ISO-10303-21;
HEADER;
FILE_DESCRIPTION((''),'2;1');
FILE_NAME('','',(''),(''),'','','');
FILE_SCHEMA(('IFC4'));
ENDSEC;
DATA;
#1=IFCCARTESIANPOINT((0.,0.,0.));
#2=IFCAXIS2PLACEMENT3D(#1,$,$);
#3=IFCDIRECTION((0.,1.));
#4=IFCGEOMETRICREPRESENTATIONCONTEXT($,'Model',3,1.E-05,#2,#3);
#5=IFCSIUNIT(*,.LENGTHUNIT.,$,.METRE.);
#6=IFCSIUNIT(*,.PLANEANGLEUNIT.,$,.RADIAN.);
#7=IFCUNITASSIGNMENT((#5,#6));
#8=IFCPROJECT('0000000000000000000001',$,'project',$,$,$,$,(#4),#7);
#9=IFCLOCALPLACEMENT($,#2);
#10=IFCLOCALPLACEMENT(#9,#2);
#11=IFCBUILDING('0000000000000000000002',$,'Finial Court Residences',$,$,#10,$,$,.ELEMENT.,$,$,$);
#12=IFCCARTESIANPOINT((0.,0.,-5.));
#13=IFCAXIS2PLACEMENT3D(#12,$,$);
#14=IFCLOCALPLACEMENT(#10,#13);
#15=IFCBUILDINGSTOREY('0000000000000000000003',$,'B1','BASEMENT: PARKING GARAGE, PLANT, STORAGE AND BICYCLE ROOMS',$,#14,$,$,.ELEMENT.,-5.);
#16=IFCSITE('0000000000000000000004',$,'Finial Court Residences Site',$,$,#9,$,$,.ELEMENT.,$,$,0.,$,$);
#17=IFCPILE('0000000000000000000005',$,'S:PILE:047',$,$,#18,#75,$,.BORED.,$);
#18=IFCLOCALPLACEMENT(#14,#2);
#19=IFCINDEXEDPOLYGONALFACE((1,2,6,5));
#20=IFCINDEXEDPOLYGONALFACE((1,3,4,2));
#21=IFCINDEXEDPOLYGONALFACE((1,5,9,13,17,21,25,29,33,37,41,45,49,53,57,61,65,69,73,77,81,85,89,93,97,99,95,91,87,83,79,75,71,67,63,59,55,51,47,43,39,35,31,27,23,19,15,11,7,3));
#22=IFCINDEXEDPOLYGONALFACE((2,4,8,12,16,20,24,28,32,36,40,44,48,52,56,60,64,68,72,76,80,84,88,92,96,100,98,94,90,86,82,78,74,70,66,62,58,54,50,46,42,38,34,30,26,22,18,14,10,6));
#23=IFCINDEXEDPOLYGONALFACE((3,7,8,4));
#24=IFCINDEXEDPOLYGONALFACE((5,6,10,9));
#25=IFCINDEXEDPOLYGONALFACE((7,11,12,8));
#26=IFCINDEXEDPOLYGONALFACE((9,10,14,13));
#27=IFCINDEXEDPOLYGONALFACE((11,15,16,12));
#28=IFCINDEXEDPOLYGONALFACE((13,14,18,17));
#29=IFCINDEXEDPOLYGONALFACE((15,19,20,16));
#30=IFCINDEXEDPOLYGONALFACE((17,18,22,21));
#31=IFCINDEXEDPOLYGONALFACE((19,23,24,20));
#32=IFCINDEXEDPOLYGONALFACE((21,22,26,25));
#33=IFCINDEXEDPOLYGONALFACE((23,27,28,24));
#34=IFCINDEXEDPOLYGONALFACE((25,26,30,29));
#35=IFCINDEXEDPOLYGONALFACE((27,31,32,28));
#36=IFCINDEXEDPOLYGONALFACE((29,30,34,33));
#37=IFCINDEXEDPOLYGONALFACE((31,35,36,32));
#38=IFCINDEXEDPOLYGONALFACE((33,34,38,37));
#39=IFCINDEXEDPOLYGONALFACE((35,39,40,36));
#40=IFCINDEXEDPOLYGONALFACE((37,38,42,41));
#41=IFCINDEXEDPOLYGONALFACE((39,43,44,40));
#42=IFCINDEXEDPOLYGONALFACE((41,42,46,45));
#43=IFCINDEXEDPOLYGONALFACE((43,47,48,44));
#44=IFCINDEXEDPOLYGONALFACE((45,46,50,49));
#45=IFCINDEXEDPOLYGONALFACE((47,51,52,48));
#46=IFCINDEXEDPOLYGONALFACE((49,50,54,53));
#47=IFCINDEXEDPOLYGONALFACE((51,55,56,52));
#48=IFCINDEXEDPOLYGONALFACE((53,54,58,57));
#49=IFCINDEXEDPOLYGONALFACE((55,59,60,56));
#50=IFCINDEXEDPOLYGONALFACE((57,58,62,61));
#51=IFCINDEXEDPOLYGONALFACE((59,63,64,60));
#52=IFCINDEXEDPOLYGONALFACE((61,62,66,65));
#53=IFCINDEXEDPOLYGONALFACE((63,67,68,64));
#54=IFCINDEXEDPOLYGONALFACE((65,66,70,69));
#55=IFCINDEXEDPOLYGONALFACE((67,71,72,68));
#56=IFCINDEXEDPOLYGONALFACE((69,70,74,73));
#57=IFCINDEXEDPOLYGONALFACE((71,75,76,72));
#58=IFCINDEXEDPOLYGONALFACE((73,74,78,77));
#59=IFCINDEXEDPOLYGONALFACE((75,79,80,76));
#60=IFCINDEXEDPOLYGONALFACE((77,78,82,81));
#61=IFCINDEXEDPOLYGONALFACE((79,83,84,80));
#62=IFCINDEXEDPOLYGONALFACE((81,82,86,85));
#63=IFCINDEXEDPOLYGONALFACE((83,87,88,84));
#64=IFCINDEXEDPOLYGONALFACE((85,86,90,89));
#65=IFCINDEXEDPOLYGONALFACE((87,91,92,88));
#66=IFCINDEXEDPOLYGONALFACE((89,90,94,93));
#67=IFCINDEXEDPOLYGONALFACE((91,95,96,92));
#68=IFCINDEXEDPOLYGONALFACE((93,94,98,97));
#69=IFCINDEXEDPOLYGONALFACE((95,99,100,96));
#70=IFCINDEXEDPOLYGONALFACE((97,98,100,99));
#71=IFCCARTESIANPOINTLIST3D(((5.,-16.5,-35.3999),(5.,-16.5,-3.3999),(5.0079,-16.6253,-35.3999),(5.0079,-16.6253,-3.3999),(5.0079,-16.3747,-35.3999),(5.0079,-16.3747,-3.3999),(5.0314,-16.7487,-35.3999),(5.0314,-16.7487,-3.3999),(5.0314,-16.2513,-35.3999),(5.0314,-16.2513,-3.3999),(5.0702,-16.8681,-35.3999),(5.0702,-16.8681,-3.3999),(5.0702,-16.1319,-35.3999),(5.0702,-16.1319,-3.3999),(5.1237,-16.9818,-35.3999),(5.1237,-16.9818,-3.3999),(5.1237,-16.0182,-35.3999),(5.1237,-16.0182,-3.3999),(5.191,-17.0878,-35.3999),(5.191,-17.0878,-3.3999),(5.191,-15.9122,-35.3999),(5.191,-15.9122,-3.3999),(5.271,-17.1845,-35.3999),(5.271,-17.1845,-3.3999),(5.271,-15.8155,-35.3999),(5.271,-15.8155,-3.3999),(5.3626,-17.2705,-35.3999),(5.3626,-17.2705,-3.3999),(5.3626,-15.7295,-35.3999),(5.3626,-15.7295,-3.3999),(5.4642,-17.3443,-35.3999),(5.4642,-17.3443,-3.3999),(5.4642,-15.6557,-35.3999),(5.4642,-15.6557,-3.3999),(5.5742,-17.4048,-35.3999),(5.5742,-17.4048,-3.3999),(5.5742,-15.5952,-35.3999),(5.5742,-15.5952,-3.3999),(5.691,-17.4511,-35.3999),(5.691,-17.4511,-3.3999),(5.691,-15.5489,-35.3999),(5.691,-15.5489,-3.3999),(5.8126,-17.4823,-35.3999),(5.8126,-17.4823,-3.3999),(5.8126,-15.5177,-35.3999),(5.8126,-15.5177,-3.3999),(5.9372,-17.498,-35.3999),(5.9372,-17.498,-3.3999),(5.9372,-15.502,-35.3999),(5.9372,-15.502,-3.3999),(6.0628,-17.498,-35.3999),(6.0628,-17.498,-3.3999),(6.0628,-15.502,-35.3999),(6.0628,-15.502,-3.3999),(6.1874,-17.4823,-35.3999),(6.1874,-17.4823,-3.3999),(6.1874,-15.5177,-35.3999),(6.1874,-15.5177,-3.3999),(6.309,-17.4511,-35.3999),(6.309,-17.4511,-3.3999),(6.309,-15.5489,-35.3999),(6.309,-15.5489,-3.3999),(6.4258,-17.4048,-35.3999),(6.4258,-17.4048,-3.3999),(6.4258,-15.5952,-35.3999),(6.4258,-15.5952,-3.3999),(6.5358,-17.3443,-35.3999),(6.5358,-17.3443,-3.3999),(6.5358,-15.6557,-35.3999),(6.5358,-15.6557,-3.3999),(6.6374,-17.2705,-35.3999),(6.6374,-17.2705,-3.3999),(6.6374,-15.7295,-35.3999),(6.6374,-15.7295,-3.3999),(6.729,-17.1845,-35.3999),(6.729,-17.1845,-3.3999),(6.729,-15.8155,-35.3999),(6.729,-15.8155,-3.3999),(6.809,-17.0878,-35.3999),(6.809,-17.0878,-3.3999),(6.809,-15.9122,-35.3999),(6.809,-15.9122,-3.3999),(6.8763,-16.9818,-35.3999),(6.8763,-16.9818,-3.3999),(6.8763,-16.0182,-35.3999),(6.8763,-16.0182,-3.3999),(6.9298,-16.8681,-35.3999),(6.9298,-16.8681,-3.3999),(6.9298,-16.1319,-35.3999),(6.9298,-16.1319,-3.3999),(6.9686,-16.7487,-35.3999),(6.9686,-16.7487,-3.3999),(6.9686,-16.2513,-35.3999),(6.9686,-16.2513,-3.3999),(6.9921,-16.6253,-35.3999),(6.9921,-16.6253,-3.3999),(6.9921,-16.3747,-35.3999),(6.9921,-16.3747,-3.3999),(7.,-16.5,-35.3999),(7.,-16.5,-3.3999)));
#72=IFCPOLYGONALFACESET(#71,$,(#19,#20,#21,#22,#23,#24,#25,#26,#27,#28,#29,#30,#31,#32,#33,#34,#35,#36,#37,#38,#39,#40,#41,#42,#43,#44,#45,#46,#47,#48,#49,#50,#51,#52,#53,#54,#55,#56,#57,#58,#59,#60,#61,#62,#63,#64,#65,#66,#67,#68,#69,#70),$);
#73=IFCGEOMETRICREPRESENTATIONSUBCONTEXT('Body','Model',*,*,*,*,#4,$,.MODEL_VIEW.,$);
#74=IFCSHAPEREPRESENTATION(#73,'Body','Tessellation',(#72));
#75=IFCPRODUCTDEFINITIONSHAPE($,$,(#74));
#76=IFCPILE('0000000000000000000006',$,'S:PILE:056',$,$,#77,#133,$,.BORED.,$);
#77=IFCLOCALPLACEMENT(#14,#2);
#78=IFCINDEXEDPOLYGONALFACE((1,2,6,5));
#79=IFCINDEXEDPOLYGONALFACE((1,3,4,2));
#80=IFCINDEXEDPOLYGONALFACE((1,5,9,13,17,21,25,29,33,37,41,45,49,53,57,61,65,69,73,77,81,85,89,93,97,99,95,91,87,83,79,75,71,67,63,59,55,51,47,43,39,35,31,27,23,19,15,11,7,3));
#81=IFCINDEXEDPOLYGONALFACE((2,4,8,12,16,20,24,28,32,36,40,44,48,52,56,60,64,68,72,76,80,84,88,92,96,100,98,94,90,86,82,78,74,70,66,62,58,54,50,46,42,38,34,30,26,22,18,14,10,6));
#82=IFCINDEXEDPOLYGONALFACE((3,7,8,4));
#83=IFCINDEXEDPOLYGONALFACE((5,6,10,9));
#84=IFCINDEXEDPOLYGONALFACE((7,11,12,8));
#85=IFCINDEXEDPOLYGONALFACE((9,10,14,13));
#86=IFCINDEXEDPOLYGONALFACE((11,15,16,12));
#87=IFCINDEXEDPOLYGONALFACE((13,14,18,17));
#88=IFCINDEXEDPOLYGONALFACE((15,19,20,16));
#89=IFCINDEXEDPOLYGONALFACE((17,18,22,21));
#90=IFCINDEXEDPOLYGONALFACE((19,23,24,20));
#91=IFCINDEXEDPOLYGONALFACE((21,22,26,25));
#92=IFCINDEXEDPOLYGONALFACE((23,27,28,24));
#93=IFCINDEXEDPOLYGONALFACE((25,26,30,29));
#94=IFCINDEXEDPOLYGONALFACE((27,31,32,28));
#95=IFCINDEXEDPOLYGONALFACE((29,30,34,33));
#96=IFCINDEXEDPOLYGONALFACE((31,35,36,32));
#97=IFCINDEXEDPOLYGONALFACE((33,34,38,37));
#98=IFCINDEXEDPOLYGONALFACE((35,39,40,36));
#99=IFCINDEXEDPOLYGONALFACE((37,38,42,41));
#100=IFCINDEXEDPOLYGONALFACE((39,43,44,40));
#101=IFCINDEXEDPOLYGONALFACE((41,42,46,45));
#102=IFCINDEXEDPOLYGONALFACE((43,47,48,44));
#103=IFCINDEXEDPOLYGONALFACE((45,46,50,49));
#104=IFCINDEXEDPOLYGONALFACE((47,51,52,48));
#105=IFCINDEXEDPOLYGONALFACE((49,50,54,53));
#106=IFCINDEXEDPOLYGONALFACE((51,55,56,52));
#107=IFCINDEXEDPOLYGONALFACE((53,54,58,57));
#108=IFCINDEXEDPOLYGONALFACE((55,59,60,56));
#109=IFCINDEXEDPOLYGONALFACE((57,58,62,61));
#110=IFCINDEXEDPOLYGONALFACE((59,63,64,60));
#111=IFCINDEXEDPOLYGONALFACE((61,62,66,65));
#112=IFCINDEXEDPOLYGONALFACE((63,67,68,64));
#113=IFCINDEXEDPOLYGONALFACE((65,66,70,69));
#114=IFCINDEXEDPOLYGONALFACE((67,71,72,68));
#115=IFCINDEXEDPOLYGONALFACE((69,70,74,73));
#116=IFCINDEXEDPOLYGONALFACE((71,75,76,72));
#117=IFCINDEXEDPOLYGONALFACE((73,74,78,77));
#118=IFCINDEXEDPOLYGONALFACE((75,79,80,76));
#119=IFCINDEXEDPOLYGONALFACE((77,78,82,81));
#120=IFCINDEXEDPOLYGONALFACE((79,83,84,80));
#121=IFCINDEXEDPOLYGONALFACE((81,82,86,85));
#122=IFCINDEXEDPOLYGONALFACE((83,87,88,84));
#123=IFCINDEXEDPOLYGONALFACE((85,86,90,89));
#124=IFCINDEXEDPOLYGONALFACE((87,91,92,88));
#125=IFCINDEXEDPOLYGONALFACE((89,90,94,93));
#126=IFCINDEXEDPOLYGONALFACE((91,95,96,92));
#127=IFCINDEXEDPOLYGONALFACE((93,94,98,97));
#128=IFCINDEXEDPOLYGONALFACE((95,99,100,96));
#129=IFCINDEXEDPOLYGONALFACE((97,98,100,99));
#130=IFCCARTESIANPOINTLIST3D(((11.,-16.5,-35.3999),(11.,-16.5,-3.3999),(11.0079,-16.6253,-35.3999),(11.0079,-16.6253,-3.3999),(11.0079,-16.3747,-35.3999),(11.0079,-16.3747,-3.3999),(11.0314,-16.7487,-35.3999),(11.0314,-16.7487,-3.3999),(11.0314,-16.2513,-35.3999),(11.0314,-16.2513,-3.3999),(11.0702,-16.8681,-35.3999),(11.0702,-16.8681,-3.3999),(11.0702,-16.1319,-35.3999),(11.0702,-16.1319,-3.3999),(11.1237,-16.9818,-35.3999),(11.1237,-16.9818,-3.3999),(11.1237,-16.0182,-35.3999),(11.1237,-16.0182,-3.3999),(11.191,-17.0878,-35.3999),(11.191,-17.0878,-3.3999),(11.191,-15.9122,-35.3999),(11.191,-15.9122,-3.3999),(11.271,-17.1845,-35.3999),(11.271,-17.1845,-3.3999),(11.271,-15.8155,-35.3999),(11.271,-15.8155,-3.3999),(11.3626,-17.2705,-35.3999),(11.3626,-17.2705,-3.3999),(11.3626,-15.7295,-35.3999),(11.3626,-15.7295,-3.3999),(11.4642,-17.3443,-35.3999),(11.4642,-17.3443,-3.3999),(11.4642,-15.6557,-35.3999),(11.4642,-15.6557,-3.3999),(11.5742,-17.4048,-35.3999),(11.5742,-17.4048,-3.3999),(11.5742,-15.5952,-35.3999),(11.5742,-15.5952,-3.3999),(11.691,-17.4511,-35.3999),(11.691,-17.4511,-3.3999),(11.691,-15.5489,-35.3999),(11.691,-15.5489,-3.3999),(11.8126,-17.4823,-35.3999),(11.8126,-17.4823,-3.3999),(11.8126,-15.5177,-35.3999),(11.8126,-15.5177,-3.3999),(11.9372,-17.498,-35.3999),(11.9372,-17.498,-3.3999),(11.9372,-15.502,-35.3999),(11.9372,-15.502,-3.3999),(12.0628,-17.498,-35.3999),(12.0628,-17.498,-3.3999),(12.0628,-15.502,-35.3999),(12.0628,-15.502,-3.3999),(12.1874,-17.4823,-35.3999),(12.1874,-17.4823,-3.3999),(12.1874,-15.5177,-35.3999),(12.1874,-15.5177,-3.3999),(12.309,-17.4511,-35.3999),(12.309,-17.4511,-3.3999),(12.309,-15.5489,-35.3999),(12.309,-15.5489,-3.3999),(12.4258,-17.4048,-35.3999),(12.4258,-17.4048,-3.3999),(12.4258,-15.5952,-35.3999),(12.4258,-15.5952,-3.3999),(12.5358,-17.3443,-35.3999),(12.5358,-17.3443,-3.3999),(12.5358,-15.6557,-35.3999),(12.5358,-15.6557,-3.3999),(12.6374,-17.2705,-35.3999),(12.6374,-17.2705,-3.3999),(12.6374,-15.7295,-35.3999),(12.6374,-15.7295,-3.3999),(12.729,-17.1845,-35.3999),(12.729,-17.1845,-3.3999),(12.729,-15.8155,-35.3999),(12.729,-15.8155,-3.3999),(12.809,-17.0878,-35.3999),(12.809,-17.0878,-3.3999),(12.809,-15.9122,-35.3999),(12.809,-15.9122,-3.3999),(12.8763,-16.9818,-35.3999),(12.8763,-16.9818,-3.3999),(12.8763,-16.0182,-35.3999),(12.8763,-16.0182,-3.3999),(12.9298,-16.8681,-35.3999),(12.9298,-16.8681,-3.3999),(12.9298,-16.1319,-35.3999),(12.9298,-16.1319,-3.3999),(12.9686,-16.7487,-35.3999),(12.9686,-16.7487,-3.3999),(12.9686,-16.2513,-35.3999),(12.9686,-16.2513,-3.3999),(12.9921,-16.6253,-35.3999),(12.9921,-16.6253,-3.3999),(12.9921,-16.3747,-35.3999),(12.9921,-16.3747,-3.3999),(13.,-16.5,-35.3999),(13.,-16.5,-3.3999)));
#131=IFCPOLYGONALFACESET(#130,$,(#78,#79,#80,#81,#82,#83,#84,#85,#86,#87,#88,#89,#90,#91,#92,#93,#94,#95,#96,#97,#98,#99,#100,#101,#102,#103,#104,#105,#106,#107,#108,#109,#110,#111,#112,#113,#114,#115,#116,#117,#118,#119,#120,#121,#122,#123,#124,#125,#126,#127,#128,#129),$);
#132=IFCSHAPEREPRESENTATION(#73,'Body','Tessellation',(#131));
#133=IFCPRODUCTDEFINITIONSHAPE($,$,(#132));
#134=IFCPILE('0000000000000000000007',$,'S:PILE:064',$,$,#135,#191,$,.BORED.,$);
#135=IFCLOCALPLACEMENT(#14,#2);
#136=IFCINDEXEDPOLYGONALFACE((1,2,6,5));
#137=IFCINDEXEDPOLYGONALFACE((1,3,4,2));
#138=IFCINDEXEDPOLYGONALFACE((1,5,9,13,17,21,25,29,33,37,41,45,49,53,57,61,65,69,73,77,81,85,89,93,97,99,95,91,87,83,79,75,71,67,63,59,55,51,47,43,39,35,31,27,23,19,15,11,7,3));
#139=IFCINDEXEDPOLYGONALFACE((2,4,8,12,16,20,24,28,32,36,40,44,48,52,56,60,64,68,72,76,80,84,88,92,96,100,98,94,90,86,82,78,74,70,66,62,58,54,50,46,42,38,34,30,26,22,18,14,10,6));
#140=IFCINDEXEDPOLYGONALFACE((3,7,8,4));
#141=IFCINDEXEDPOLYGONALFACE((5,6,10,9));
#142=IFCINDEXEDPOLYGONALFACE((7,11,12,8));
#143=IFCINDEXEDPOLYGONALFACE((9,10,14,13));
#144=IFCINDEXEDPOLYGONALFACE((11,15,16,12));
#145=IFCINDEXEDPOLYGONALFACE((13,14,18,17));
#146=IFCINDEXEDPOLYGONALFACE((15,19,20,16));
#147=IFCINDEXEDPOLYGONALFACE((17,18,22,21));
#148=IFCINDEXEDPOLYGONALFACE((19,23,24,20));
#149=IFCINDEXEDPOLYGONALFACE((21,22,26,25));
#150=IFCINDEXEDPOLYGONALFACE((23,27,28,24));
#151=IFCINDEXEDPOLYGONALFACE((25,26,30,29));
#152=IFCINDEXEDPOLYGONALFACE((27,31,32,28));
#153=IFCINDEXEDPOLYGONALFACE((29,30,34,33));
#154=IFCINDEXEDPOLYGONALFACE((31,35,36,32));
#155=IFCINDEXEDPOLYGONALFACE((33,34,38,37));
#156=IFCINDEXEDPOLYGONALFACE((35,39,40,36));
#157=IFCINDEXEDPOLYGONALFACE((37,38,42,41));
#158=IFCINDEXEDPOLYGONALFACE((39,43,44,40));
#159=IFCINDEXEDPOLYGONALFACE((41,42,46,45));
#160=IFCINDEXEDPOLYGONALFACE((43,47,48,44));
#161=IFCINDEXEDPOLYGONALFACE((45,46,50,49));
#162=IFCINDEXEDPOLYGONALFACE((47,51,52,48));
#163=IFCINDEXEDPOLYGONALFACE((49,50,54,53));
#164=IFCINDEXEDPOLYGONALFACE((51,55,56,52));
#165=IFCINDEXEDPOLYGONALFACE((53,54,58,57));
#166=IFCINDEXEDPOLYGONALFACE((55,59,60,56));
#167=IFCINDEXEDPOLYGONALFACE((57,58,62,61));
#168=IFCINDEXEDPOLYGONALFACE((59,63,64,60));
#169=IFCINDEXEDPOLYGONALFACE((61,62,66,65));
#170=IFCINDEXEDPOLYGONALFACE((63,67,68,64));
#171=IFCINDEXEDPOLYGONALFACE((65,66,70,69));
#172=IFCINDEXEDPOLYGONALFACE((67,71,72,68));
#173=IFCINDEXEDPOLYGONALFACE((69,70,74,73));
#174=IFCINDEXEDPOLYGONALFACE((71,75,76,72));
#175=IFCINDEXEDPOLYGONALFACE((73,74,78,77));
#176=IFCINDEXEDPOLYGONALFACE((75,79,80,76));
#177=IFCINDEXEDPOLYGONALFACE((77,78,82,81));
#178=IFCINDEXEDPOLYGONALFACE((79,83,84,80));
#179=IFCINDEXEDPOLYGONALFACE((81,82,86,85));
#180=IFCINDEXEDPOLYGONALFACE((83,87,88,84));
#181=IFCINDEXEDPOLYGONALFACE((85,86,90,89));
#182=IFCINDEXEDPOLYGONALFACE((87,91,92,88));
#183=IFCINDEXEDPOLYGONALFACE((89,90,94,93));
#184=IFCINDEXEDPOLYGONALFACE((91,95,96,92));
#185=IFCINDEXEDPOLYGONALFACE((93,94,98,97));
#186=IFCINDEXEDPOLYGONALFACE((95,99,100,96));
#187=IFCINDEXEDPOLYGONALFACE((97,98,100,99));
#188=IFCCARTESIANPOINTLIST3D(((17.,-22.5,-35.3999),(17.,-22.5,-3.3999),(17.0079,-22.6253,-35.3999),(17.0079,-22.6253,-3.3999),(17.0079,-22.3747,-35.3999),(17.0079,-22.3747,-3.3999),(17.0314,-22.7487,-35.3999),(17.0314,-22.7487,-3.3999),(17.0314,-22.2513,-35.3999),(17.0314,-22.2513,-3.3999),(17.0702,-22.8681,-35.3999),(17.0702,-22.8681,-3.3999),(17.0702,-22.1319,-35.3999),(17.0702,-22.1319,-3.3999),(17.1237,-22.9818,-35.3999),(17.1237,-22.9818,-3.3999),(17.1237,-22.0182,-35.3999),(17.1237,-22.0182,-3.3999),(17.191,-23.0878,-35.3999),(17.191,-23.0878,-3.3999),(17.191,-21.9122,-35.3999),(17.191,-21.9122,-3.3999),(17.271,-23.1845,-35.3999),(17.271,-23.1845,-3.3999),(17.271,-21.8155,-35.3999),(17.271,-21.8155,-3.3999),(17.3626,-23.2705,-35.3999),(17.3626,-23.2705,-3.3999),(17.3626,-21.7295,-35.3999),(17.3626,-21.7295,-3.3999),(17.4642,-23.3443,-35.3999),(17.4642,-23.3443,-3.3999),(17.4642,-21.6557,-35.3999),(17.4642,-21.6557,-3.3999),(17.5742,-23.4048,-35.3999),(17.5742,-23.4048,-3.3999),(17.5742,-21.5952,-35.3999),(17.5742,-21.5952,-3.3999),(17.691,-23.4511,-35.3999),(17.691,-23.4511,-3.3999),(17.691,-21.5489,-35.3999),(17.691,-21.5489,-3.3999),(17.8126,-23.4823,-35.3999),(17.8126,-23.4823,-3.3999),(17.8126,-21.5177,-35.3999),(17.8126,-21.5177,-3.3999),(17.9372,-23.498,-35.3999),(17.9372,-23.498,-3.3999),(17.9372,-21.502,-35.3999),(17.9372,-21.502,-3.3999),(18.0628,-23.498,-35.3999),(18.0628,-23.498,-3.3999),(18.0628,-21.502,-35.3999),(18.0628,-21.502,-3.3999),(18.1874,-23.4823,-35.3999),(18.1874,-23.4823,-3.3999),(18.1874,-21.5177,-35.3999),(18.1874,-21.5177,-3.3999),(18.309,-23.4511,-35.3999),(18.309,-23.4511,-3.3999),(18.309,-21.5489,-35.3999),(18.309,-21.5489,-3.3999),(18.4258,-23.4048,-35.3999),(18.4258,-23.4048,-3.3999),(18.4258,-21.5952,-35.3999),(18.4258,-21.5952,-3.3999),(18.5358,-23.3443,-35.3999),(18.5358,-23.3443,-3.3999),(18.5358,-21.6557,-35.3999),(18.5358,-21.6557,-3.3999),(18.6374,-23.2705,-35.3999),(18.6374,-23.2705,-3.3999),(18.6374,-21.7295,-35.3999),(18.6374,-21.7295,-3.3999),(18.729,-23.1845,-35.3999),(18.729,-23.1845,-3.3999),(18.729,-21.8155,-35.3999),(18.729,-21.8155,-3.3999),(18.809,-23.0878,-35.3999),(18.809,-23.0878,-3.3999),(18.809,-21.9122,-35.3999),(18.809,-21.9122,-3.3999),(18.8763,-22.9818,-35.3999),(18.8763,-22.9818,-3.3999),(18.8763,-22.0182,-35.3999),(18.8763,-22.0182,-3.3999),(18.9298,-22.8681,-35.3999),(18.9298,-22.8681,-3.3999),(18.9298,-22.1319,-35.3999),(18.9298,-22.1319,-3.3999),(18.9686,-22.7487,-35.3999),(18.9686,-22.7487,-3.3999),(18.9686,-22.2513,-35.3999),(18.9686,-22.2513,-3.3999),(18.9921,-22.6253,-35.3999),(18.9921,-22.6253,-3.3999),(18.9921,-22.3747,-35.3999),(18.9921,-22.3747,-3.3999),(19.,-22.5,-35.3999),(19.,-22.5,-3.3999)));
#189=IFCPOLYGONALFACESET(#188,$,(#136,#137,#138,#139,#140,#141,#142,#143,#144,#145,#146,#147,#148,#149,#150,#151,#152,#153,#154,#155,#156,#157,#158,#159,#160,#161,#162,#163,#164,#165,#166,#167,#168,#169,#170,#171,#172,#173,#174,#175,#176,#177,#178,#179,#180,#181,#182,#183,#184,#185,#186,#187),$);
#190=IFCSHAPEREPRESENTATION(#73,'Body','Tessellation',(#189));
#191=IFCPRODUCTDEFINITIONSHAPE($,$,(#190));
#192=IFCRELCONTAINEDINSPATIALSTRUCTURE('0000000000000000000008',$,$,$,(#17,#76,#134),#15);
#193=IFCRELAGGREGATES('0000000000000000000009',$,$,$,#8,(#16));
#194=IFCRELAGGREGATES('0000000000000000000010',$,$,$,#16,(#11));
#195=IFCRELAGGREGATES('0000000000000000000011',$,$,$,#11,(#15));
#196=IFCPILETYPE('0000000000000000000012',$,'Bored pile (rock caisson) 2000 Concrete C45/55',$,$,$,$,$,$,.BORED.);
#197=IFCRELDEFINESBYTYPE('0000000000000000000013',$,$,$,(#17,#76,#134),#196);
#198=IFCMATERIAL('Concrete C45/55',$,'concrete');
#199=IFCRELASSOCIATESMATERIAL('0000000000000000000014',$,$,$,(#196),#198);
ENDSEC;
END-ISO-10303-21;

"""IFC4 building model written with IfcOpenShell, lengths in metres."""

from ifc_helpers import new_model, si_unit, direction, frame, origin, origin_2d, place, context, subcontext, project, spatial, circle, extrude, material, material_profile, profile_set, type_object, element, save


model = new_model("IFC4")

# Units and contexts
model_context = context("Model", 3, precision=1e-05, world=origin(), true_north=direction((0.0, 1.0)))
body_context = subcontext(model_context, "Body", "Model", "MODEL_VIEW")
ifc_project = project(units=[si_unit("LENGTHUNIT", "METRE"), si_unit("PLANEANGLEUNIT", "RADIAN")], contexts=[model_context])

# Site, building, storey
site_placement = place(None, origin())
site = spatial("IfcSite", under=ifc_project, at=site_placement, Name="Finial Court Residences Site", CompositionType="ELEMENT", RefElevation=0.0)
building_placement = place(site_placement, origin())
building = spatial("IfcBuilding", under=site, at=building_placement, Name="Finial Court Residences", CompositionType="ELEMENT")
storey_placement = place(building_placement, frame((0.0, 0.0, -5.0)))
storey = spatial("IfcBuildingStorey", under=building, at=storey_placement, Name="B1", Description="BASEMENT: PARKING GARAGE, PLANT, STORAGE AND BICYCLE ROOMS", CompositionType="ELEMENT", Elevation=-5.0)

# Piles
ifc_material_1 = material(Name="Concrete C45/55", Category="concrete")
ifc_material_profile = material_profile(ifc_material_1, circle(Radius=1.0, at=origin_2d()), Name="D2000")
ifc_profile_set = profile_set([ifc_material_profile], Name="Concrete C45/55")
pile_type = type_object("IfcPileType", Name="Bored pile (rock caisson) 2000 Concrete C45/55", PredefinedType="BORED", material=ifc_profile_set)
for number, where, z_axis, x_axis, name in (
    (1, (6.0, -16.5, -3.3999), (0.0, 0.0, -1.0), (1.0, 0.0, 0.0), "S:PILE:047"),
    (2, (12.0, -16.5, -3.3999), (0.0, 0.0, -1.0), (1.0, 0.0, 0.0), "S:PILE:056"),
    (3, (18.0, -22.5, -3.3999), (0.0, 0.0, -1.0), (1.0, 0.0, 0.0), "S:PILE:064"),
):
    element("IfcPile", number, at=place(storey_placement, frame(where, z_axis=z_axis, x_axis=x_axis)), inside=storey, type_object=pile_type, Name=name, PredefinedType="BORED", context=body_context, shape_type="SweptSolid", body=[
        extrude(circle(Radius=1.0, at=origin_2d()), origin(), (0.0, 0.0, 1.0), 32.0),
    ])

save(model, "model.ifc")
